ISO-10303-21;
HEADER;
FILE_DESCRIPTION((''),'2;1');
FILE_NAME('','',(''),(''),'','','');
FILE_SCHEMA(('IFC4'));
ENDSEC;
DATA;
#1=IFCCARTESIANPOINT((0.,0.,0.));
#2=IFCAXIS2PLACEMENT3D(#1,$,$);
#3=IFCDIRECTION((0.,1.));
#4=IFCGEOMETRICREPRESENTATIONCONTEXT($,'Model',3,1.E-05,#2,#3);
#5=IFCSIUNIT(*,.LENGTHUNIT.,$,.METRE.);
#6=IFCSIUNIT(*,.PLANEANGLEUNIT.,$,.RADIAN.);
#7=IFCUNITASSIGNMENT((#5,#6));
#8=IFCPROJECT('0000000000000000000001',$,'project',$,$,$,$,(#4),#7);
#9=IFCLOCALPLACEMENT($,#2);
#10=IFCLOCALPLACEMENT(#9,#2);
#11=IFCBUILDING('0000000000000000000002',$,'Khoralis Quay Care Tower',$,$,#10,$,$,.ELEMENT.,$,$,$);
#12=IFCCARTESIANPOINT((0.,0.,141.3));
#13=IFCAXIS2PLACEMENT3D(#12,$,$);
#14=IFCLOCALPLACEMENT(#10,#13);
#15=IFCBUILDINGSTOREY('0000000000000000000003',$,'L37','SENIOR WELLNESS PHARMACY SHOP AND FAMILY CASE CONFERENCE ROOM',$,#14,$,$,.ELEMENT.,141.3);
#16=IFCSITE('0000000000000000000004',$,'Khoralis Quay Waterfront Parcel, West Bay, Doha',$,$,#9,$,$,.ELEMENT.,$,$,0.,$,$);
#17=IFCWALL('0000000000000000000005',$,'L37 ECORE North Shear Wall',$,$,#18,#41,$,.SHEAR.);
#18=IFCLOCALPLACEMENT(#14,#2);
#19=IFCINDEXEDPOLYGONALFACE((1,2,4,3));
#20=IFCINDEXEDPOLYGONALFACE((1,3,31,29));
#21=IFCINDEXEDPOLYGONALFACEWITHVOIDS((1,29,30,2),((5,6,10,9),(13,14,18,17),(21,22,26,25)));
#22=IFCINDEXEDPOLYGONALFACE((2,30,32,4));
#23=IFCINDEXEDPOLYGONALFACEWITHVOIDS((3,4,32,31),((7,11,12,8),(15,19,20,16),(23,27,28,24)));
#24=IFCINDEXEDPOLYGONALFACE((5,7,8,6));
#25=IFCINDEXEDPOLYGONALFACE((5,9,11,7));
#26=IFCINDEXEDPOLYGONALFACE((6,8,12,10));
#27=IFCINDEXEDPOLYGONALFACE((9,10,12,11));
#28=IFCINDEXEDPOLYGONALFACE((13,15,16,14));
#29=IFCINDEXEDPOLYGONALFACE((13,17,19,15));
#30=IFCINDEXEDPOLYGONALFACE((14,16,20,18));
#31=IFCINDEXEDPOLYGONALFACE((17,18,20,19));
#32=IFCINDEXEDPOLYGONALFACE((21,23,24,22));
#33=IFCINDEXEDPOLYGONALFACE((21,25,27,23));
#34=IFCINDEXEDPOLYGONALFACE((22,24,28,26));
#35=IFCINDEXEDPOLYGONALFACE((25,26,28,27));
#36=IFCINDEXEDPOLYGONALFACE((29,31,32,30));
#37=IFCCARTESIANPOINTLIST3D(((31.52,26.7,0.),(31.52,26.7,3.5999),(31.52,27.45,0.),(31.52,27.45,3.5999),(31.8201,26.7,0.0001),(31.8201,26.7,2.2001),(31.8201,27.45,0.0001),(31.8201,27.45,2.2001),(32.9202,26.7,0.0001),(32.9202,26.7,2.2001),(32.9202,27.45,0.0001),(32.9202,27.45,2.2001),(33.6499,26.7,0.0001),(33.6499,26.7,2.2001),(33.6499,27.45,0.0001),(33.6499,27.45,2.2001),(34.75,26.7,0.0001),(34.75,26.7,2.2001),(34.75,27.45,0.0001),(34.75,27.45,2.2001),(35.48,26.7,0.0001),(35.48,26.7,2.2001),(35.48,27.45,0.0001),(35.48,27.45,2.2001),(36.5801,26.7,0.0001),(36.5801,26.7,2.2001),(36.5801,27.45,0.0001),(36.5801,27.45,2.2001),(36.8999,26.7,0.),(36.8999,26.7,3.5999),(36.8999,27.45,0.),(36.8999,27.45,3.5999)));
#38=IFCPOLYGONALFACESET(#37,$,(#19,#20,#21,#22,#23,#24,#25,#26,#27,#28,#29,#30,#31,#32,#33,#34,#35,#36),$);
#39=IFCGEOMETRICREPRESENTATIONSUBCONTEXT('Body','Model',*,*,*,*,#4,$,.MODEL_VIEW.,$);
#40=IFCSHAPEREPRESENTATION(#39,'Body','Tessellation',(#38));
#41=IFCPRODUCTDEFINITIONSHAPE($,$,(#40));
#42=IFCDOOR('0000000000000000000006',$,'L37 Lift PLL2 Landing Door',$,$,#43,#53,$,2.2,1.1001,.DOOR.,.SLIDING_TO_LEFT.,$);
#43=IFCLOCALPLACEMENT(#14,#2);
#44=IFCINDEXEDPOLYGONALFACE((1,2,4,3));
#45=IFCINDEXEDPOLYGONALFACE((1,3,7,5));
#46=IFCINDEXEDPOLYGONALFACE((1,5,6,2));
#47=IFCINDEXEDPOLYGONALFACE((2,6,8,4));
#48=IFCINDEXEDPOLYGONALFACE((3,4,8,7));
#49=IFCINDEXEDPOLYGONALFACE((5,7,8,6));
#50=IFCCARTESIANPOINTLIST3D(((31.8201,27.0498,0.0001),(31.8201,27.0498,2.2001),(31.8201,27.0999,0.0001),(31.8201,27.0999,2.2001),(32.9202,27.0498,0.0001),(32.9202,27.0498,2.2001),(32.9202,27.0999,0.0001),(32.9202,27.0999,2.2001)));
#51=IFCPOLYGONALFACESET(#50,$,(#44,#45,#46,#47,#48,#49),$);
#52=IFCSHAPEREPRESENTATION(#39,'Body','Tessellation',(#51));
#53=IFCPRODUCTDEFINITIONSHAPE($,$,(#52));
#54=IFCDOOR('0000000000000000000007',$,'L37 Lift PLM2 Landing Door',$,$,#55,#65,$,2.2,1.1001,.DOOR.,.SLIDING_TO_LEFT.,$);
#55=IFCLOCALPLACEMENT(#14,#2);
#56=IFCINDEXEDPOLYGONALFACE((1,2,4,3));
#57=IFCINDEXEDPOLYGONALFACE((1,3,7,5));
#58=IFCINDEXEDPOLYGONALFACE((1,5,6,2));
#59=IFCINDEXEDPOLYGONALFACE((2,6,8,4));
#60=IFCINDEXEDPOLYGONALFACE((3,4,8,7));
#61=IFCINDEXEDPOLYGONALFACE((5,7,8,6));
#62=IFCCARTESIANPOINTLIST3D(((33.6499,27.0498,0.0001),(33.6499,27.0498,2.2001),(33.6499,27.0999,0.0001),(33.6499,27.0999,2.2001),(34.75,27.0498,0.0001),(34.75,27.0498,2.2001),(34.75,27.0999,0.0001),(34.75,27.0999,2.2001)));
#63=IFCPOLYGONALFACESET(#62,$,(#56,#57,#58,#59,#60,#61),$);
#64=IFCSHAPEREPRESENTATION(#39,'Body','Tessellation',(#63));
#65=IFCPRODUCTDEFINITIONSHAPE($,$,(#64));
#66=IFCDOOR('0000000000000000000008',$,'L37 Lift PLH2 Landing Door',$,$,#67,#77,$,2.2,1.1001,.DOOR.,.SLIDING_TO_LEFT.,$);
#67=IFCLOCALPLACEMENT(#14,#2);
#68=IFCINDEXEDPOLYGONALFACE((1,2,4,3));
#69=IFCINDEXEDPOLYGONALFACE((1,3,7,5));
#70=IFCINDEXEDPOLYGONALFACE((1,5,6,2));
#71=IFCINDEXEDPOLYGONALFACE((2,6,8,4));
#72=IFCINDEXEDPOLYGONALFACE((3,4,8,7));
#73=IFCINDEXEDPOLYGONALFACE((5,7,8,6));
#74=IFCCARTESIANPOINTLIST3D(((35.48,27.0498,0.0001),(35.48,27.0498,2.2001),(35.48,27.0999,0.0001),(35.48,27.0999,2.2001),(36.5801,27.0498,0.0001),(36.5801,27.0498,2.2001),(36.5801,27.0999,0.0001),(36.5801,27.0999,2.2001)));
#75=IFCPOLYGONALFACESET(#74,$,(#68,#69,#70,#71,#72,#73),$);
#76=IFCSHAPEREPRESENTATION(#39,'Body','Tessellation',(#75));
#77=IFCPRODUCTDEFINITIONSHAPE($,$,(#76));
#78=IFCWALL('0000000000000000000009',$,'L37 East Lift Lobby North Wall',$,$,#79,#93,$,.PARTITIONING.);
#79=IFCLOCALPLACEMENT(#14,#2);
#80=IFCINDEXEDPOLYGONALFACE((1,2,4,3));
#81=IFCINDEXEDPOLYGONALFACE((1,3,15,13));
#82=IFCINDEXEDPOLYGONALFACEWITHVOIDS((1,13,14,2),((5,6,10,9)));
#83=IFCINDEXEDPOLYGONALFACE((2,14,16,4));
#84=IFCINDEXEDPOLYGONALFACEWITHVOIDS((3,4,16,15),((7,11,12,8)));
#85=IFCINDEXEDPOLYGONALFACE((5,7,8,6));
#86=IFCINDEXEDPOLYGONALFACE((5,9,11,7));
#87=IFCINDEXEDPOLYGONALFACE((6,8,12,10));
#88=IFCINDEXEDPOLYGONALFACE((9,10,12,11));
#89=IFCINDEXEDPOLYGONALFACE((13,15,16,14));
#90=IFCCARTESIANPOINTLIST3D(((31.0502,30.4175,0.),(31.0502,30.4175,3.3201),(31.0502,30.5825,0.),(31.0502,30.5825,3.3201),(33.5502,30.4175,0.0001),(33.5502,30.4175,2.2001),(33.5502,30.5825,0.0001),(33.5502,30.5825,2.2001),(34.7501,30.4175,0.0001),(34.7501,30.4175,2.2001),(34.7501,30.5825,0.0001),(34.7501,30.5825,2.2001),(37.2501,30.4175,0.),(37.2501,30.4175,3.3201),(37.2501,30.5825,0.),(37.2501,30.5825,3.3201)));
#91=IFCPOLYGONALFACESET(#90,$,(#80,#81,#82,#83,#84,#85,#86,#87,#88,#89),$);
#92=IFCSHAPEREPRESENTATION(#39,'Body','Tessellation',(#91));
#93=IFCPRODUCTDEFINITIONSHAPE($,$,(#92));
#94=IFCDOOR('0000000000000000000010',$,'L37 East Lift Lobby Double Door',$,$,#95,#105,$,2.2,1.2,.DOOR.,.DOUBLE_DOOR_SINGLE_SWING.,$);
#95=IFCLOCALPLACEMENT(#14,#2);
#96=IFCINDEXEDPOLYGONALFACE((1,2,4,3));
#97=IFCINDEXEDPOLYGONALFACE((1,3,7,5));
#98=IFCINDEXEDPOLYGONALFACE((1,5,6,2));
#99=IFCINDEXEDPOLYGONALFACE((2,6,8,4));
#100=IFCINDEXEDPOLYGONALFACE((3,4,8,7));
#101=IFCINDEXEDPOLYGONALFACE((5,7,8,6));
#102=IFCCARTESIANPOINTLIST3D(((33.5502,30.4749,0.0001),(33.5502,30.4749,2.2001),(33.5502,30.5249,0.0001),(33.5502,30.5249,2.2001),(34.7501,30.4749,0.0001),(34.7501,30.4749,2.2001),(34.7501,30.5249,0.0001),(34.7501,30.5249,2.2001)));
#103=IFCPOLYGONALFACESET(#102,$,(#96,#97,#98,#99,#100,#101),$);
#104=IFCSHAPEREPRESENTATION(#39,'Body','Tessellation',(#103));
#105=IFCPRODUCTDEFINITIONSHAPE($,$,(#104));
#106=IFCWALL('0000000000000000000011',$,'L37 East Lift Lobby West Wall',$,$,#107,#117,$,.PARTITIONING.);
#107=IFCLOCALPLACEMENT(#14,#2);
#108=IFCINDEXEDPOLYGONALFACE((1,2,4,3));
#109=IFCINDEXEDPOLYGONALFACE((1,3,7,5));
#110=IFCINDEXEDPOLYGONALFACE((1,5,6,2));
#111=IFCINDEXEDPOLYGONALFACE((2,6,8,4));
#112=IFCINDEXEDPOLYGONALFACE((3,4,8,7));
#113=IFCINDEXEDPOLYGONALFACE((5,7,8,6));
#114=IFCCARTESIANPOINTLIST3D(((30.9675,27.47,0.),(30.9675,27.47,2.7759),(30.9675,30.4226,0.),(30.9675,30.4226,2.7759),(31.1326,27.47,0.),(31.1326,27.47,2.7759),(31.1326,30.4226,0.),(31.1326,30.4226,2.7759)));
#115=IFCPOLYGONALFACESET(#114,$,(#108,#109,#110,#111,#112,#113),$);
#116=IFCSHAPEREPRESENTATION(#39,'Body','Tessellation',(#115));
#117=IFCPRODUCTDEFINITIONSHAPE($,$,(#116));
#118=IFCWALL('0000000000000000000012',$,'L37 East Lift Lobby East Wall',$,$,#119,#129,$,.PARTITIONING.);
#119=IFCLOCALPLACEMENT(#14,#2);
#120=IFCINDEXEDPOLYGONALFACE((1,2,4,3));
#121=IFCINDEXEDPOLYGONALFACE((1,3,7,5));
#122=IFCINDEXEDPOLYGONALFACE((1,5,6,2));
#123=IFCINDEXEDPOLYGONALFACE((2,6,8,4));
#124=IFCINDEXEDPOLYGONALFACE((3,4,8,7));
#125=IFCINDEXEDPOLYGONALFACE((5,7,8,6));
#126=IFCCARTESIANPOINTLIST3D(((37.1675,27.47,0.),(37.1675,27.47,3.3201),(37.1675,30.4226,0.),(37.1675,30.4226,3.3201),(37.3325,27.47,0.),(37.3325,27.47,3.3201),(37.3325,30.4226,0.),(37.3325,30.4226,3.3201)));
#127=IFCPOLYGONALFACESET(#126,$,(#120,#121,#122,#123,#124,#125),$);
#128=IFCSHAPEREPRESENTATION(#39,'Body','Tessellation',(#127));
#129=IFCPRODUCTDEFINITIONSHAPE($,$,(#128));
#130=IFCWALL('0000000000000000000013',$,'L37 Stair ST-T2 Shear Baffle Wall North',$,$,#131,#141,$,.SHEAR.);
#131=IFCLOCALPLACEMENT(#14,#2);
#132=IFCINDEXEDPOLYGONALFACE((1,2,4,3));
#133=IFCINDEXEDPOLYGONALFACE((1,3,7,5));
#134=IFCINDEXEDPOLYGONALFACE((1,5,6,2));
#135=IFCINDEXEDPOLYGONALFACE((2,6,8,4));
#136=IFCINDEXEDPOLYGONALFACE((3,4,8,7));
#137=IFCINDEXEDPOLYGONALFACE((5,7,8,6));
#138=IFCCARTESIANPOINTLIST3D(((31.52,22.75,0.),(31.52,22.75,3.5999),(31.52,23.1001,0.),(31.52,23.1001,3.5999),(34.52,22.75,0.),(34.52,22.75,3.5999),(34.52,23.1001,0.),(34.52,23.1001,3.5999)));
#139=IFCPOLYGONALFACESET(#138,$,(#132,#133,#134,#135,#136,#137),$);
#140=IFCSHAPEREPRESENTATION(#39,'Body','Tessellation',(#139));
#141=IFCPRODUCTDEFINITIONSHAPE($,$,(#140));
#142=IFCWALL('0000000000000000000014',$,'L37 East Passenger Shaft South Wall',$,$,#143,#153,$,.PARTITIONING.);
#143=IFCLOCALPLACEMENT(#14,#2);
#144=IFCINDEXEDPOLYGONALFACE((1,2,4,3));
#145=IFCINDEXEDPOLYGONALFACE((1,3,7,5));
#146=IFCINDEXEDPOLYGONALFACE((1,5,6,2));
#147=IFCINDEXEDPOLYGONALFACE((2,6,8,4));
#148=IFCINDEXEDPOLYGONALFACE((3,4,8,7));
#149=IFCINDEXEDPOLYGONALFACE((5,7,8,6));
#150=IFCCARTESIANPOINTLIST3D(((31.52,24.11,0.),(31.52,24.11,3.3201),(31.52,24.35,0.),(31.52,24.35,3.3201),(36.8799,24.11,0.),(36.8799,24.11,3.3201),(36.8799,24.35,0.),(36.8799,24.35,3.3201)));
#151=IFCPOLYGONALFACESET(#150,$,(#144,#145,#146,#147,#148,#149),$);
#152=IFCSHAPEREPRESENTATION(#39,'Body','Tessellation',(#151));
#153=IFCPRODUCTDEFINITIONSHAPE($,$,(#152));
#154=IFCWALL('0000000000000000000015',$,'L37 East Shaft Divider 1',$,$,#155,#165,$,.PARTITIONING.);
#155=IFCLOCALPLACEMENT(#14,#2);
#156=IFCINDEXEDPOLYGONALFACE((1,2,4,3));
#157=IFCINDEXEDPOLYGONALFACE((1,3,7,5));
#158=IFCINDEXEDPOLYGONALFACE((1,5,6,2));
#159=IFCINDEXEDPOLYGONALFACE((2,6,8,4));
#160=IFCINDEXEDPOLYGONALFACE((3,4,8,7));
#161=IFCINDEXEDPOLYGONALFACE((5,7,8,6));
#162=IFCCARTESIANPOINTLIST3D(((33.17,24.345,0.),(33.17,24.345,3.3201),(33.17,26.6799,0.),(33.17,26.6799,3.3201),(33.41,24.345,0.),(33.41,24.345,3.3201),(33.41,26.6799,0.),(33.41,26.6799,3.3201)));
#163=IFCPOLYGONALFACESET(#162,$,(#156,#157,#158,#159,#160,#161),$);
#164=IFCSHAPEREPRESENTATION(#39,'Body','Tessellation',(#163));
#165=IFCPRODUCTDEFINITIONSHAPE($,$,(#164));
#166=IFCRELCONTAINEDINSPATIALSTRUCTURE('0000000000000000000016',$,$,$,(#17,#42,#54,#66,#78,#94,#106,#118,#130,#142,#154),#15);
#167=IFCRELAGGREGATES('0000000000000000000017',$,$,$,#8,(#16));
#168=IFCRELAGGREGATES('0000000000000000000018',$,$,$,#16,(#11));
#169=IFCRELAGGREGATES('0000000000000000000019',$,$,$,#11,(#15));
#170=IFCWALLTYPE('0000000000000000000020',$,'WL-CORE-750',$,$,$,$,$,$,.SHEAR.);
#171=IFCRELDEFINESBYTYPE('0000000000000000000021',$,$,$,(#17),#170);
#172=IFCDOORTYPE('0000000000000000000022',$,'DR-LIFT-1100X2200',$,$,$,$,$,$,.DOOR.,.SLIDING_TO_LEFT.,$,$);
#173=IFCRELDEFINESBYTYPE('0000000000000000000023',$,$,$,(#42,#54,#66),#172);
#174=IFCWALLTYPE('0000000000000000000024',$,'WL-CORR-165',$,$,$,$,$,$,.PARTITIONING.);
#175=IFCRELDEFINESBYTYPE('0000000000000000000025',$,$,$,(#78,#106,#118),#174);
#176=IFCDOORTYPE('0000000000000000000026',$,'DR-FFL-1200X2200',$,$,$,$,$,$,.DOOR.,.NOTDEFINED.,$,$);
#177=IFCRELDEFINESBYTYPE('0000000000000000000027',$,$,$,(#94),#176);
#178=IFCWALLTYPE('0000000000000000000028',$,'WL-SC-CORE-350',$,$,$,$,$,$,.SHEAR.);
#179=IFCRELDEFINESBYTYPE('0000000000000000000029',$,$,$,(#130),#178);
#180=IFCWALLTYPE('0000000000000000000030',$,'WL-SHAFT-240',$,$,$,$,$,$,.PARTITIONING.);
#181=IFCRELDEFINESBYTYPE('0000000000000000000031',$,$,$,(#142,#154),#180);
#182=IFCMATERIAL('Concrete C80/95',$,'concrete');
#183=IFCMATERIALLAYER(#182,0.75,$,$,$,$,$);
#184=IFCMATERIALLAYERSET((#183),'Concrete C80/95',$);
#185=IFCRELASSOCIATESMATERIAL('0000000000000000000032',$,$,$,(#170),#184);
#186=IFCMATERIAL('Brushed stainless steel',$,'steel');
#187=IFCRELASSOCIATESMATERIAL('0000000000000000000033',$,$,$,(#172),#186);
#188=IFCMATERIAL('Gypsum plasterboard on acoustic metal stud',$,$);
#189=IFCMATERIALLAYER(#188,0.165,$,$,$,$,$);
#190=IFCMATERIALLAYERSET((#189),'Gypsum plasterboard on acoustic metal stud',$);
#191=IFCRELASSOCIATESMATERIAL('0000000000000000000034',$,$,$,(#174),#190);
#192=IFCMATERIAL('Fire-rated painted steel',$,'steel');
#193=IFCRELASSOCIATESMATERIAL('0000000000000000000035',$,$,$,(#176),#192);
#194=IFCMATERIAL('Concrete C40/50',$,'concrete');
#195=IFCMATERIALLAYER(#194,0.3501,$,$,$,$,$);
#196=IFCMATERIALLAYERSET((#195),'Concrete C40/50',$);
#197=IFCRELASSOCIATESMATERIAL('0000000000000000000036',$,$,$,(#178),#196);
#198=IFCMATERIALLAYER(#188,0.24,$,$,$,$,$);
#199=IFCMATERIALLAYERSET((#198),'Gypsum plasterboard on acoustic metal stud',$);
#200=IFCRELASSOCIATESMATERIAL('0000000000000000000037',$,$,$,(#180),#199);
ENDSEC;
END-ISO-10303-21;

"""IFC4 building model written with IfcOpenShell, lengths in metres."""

from ifc_helpers import new_model, si_unit, direction, frame, frame_2d, origin, place, context, subcontext, project, spatial, rectangle, extrude, source, transform, mapped, material, layer, layer_set, type_object, element, fill, save


model = new_model("IFC4")

# Units and contexts
model_context = context("Model", 3, precision=1e-05, world=origin(), true_north=direction((0.0, 1.0)))
body_context = subcontext(model_context, "Body", "Model", "MODEL_VIEW")
ifc_project = project(units=[si_unit("LENGTHUNIT", "METRE"), si_unit("PLANEANGLEUNIT", "RADIAN")], contexts=[model_context])

# Site, building, storey
site_placement = place(None, origin())
site = spatial("IfcSite", under=ifc_project, at=site_placement, Name="Khoralis Quay Waterfront Parcel, West Bay, Doha", CompositionType="ELEMENT", RefElevation=0.0)
building_placement = place(site_placement, origin())
building = spatial("IfcBuilding", under=site, at=building_placement, Name="Khoralis Quay Care Tower", CompositionType="ELEMENT")
storey_placement = place(building_placement, frame((0.0, 0.0, 141.3)))
storey = spatial("IfcBuildingStorey", under=building, at=storey_placement, Name="L37", Description="SENIOR WELLNESS PHARMACY SHOP AND FAMILY CASE CONFERENCE ROOM", CompositionType="ELEMENT", Elevation=141.3)

# Wall, openings, doors
ifc_material_1 = material(Name="Concrete C80/95", Category="concrete")
ifc_layer_1 = layer(ifc_material_1, 0.75)
ifc_layer_set_1 = layer_set([ifc_layer_1], Name="Concrete C80/95")
wall_type_1 = type_object("IfcWallType", Name="WL-CORE-750", PredefinedType="SHEAR", material=ifc_layer_set_1)
wall_1_placement = place(storey_placement, frame((31.52, 27.075, 0.0), z_axis=(0.0, 0.0, 1.0), x_axis=(1.0, 0.0, 0.0)))
wall_1 = element("IfcWall", 1, at=wall_1_placement, inside=storey, type_object=wall_type_1, Name="L37 ECORE North Shear Wall", PredefinedType="SHEAR", context=body_context, shape_type="SweptSolid", body=[
    extrude(rectangle(XDim=5.3799, YDim=0.75, at=frame_2d((2.6899, 0.0))), origin(), (0.0, 0.0, 1.0), 3.5999),
])
opening_1_placement = place(wall_1_placement, frame((0.3, 0.0, 0.0)))
opening_1 = element("IfcOpeningElement", 2, at=opening_1_placement, cuts=wall_1, PredefinedType="OPENING", context=body_context, shape_type="SweptSolid", body=[
    extrude(rectangle(XDim=1.1001, YDim=2.2, at=frame_2d((0.55, 1.1001))), frame((0.0, 0.385, 0.0), z_axis=(0.0, -1.0, 0.0), x_axis=(1.0, 0.0, 0.0)), (0.0, 0.0, 1.0), 0.77),
])
opening_2_placement = place(wall_1_placement, frame((2.1299, 0.0, 0.0)))
opening_2 = element("IfcOpeningElement", 3, at=opening_2_placement, cuts=wall_1, PredefinedType="OPENING", context=body_context, shape_type="SweptSolid", body=[
    extrude(rectangle(XDim=1.1001, YDim=2.2, at=frame_2d((0.55, 1.1001))), frame((0.0, 0.385, 0.0), z_axis=(0.0, -1.0, 0.0), x_axis=(1.0, 0.0, 0.0)), (0.0, 0.0, 1.0), 0.77),
])
opening_3_placement = place(wall_1_placement, frame((3.96, 0.0, 0.0)))
opening_3 = element("IfcOpeningElement", 4, at=opening_3_placement, cuts=wall_1, PredefinedType="OPENING", context=body_context, shape_type="SweptSolid", body=[
    extrude(rectangle(XDim=1.1001, YDim=2.2, at=frame_2d((0.55, 1.1001))), frame((0.0, 0.385, 0.0), z_axis=(0.0, -1.0, 0.0), x_axis=(1.0, 0.0, 0.0)), (0.0, 0.0, 1.0), 0.77),
])
ifc_material_2 = material(Name="Brushed stainless steel", Category="steel")
door_type_1 = type_object("IfcDoorType", Name="DR-LIFT-1100X2200", OperationType="SLIDING_TO_LEFT", PredefinedType="DOOR", material=ifc_material_2)
shared_shape_1 = source(origin(), body_context, "Body", "SweptSolid", [
    extrude(rectangle(XDim=1.1001, YDim=2.2, at=frame_2d((0.55, 1.1001))), frame((0.0, 0.0249, 0.0), z_axis=(0.0, -1.0, 0.0), x_axis=(1.0, 0.0, 0.0)), (0.0, 0.0, 1.0), 0.05),
])
door_1_placement = place(opening_1_placement, origin())
door_1 = element("IfcDoor", 5, at=door_1_placement, inside=storey, type_object=door_type_1, Name="L37 Lift PLL2 Landing Door", OperationType="SLIDING_TO_LEFT", OverallHeight=2.2, OverallWidth=1.1001, PredefinedType="DOOR", context=body_context, shape_type="MappedRepresentation", body=[
    mapped(shared_shape_1, transform((0.0, 0.0, 0.0), scale=1.0)),
])
fill(opening_1, door_1)
door_2_placement = place(opening_2_placement, origin())
door_2 = element("IfcDoor", 6, at=door_2_placement, inside=storey, type_object=door_type_1, Name="L37 Lift PLM2 Landing Door", OperationType="SLIDING_TO_LEFT", OverallHeight=2.2, OverallWidth=1.1001, PredefinedType="DOOR", context=body_context, shape_type="MappedRepresentation", body=[
    mapped(shared_shape_1, transform((0.0, 0.0, 0.0), scale=1.0)),
])
fill(opening_2, door_2)
door_3_placement = place(opening_3_placement, origin())
door_3 = element("IfcDoor", 7, at=door_3_placement, inside=storey, type_object=door_type_1, Name="L37 Lift PLH2 Landing Door", OperationType="SLIDING_TO_LEFT", OverallHeight=2.2, OverallWidth=1.1001, PredefinedType="DOOR", context=body_context, shape_type="MappedRepresentation", body=[
    mapped(shared_shape_1, transform((0.0, 0.0, 0.0), scale=1.0)),
])
fill(opening_3, door_3)

# Wall, opening, door
ifc_material_3 = material(Name="Gypsum plasterboard on acoustic metal stud")
ifc_layer_2 = layer(ifc_material_3, 0.165)
ifc_layer_set_2 = layer_set([ifc_layer_2], Name="Gypsum plasterboard on acoustic metal stud")
wall_type_2 = type_object("IfcWallType", Name="WL-CORR-165", PredefinedType="PARTITIONING", material=ifc_layer_set_2)
wall_2_placement = place(storey_placement, frame((31.05, 30.5, 0.0), z_axis=(0.0, 0.0, 1.0), x_axis=(1.0, 0.0, 0.0)))
wall_2 = element("IfcWall", 8, at=wall_2_placement, inside=storey, type_object=wall_type_2, Name="L37 East Lift Lobby North Wall", PredefinedType="PARTITIONING", context=body_context, shape_type="SweptSolid", body=[
    extrude(rectangle(XDim=6.2, YDim=0.165, at=frame_2d((3.1001, 0.0))), origin(), (0.0, 0.0, 1.0), 3.3201),
])
opening_4_placement = place(wall_2_placement, frame((2.5, 0.0, 0.0)))
opening_4 = element("IfcOpeningElement", 9, at=opening_4_placement, cuts=wall_2, PredefinedType="OPENING", context=body_context, shape_type="SweptSolid", body=[
    extrude(rectangle(XDim=1.2, YDim=2.2, at=frame_2d((0.6001, 1.1001))), frame((0.0, 0.0925, 0.0), z_axis=(0.0, -1.0, 0.0), x_axis=(1.0, 0.0, 0.0)), (0.0, 0.0, 1.0), 0.1851),
])
ifc_material_4 = material(Name="Fire-rated painted steel", Category="steel")
door_type_2 = type_object("IfcDoorType", Name="DR-FFL-1200X2200", OperationType="NOTDEFINED", PredefinedType="DOOR", material=ifc_material_4)
shared_shape_2 = source(origin(), body_context, "Body", "SweptSolid", [
    extrude(rectangle(XDim=1.2, YDim=2.2, at=frame_2d((0.6001, 1.1001))), frame((0.0, 0.0249, 0.0), z_axis=(0.0, -1.0, 0.0), x_axis=(1.0, 0.0, 0.0)), (0.0, 0.0, 1.0), 0.05),
])
door_4_placement = place(opening_4_placement, origin())
door_4 = element("IfcDoor", 10, at=door_4_placement, inside=storey, type_object=door_type_2, Name="L37 East Lift Lobby Double Door", OperationType="DOUBLE_DOOR_SINGLE_SWING", OverallHeight=2.2, OverallWidth=1.2, PredefinedType="DOOR", context=body_context, shape_type="MappedRepresentation", body=[
    mapped(shared_shape_2, transform((0.0, 0.0, 0.0), scale=1.0)),
])
fill(opening_4, door_4)

# Walls
wall_3_placement = place(storey_placement, frame((31.05, 27.47, 0.0), z_axis=(0.0, 0.0, 1.0), x_axis=(0.0, 1.0, 0.0)))
element("IfcWall", 11, at=wall_3_placement, inside=storey, type_object=wall_type_2, Name="L37 East Lift Lobby West Wall", PredefinedType="PARTITIONING", context=body_context, shape_type="SweptSolid", body=[
    extrude(rectangle(XDim=2.9526, YDim=0.165, at=frame_2d((1.4763, 0.0))), origin(), (0.0, 0.0, 1.0), 2.7759),
])
wall_4_placement = place(storey_placement, frame((37.25, 27.47, 0.0), z_axis=(0.0, 0.0, 1.0), x_axis=(0.0, 1.0, 0.0)))
element("IfcWall", 12, at=wall_4_placement, inside=storey, type_object=wall_type_2, Name="L37 East Lift Lobby East Wall", PredefinedType="PARTITIONING", context=body_context, shape_type="SweptSolid", body=[
    extrude(rectangle(XDim=2.9526, YDim=0.165, at=frame_2d((1.4763, 0.0))), origin(), (0.0, 0.0, 1.0), 3.3201),
])
ifc_material_5 = material(Name="Concrete C40/50", Category="concrete")
ifc_layer_3 = layer(ifc_material_5, 0.3501)
ifc_layer_set_3 = layer_set([ifc_layer_3], Name="Concrete C40/50")
wall_type_3 = type_object("IfcWallType", Name="WL-SC-CORE-350", PredefinedType="SHEAR", material=ifc_layer_set_3)
wall_5_placement = place(storey_placement, frame((31.52, 22.925, 0.0), z_axis=(0.0, 0.0, 1.0), x_axis=(1.0, 0.0, 0.0)))
element("IfcWall", 13, at=wall_5_placement, inside=storey, type_object=wall_type_3, Name="L37 Stair ST-T2 Shear Baffle Wall North", PredefinedType="SHEAR", context=body_context, shape_type="SweptSolid", body=[
    extrude(rectangle(XDim=3.0, YDim=0.3501, at=frame_2d((1.5, 0.0))), origin(), (0.0, 0.0, 1.0), 3.5999),
])
ifc_layer_4 = layer(ifc_material_3, 0.24)
ifc_layer_set_4 = layer_set([ifc_layer_4], Name="Gypsum plasterboard on acoustic metal stud")
wall_type_4 = type_object("IfcWallType", Name="WL-SHAFT-240", PredefinedType="PARTITIONING", material=ifc_layer_set_4)
wall_6_placement = place(storey_placement, frame((31.52, 24.23, 0.0), z_axis=(0.0, 0.0, 1.0), x_axis=(1.0, 0.0, 0.0)))
element("IfcWall", 14, at=wall_6_placement, inside=storey, type_object=wall_type_4, Name="L37 East Passenger Shaft South Wall", PredefinedType="PARTITIONING", context=body_context, shape_type="SweptSolid", body=[
    extrude(rectangle(XDim=5.3599, YDim=0.24, at=frame_2d((2.6799, 0.0))), origin(), (0.0, 0.0, 1.0), 3.3201),
])
for number, where, z_axis, x_axis, name in (
    (15, (33.29, 24.345, 0.0), (0.0, 0.0, 1.0), (0.0, 1.0, 0.0), "L37 East Shaft Divider 1"),
):
    element("IfcWall", number, at=place(storey_placement, frame(where, z_axis=z_axis, x_axis=x_axis)), inside=storey, type_object=wall_type_4, Name=name, PredefinedType="PARTITIONING", context=body_context, shape_type="SweptSolid", body=[
        extrude(rectangle(XDim=2.335, YDim=0.24, at=frame_2d((1.1675, 0.0))), origin(), (0.0, 0.0, 1.0), 3.3201),
    ])

save(model, "model.ifc")
